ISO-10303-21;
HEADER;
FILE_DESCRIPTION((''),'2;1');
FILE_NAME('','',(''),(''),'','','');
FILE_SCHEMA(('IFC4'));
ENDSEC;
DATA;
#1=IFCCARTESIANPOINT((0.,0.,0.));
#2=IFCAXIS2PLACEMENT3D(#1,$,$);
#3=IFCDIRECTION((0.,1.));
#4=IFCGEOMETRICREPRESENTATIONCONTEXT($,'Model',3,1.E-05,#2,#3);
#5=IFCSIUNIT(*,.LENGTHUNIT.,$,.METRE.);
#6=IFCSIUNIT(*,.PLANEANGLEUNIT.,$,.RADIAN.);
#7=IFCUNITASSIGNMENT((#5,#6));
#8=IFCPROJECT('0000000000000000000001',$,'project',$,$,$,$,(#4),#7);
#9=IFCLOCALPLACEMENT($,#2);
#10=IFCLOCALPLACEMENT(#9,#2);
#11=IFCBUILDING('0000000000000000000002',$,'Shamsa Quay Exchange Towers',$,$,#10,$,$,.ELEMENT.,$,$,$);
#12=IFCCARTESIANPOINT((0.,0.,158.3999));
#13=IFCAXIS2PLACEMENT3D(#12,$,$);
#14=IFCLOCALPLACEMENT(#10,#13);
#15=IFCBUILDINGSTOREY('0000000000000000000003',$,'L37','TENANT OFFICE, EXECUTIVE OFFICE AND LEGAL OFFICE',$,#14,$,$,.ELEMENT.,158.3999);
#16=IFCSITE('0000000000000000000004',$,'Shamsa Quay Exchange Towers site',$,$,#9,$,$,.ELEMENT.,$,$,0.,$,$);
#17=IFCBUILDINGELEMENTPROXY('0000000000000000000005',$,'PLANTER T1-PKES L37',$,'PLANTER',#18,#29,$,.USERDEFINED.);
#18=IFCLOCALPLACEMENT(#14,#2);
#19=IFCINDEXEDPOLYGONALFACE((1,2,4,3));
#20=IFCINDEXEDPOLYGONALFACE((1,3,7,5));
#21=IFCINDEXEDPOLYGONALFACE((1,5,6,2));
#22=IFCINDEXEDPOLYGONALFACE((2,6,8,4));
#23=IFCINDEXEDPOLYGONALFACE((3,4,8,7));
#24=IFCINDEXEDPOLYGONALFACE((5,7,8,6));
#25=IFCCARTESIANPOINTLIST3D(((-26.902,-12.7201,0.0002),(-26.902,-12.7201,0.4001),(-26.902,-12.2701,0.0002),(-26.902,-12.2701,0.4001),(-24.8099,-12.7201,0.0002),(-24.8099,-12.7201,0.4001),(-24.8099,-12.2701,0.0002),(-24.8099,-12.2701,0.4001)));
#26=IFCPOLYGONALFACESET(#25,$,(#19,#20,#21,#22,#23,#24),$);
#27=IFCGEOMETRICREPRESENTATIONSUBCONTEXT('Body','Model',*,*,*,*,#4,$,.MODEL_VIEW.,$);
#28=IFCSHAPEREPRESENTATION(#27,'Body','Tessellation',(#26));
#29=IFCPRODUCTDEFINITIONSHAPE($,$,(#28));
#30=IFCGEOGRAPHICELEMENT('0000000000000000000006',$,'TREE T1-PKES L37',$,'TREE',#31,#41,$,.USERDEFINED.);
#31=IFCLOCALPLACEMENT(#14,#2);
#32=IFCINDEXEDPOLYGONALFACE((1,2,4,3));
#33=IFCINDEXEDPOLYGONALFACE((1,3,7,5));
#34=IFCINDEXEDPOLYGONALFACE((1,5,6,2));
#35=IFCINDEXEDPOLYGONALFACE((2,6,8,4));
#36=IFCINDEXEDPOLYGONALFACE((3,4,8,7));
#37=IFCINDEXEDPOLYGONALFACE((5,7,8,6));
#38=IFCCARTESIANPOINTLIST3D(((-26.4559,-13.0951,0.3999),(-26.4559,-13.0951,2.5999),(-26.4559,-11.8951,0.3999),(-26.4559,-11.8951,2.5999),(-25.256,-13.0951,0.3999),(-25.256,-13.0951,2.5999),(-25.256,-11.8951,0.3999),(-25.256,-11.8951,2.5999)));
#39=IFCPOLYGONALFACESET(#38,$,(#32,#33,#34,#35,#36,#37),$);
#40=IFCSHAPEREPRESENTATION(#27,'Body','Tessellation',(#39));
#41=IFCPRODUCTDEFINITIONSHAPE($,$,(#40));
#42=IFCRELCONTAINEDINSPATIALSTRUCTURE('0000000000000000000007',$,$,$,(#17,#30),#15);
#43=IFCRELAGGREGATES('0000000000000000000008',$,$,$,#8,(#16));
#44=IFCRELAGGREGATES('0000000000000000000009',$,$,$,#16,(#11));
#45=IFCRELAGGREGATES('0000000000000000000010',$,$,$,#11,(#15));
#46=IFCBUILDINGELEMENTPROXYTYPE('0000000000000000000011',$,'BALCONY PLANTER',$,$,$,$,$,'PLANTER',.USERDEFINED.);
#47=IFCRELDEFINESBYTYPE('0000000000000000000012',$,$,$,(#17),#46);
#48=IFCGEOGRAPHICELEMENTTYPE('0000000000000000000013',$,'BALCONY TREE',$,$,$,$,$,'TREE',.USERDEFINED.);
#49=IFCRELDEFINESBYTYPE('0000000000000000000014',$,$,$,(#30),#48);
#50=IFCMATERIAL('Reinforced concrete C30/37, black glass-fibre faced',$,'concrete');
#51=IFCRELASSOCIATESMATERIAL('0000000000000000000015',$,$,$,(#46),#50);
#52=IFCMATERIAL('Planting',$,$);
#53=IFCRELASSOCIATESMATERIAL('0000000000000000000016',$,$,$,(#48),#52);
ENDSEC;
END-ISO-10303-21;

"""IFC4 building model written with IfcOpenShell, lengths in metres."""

from ifc_helpers import new_model, si_unit, direction, frame, origin, origin_2d, place, context, subcontext, project, spatial, rectangle, extrude, material, type_object, element, save


model = new_model("IFC4")

# Units and contexts
model_context = context("Model", 3, precision=1e-05, world=origin(), true_north=direction((0.0, 1.0)))
body_context = subcontext(model_context, "Body", "Model", "MODEL_VIEW")
ifc_project = project(units=[si_unit("LENGTHUNIT", "METRE"), si_unit("PLANEANGLEUNIT", "RADIAN")], contexts=[model_context])

# Site, building, storey
site_placement = place(None, origin())
site = spatial("IfcSite", under=ifc_project, at=site_placement, Name="Shamsa Quay Exchange Towers site", CompositionType="ELEMENT", RefElevation=0.0)
building_placement = place(site_placement, origin())
building = spatial("IfcBuilding", under=site, at=building_placement, Name="Shamsa Quay Exchange Towers", CompositionType="ELEMENT")
storey_placement = place(building_placement, frame((0.0, 0.0, 158.3999)))
storey = spatial("IfcBuildingStorey", under=building, at=storey_placement, Name="L37", Description="TENANT OFFICE, EXECUTIVE OFFICE AND LEGAL OFFICE", CompositionType="ELEMENT", Elevation=158.3999)

# Building element proxy
ifc_material_1 = material(Name="Reinforced concrete C30/37, black glass-fibre faced", Category="concrete")
building_element_proxy_type = type_object("IfcBuildingElementProxyType", Name="BALCONY PLANTER", ElementType="PLANTER", PredefinedType="USERDEFINED", material=ifc_material_1)
for number, where, name in (
    (1, (-25.856, -12.4951, 0.0002), "PLANTER T1-PKES L37"),
):
    element("IfcBuildingElementProxy", number, at=place(storey_placement, frame(where)), inside=storey, type_object=building_element_proxy_type, Name=name, ObjectType="PLANTER", PredefinedType="USERDEFINED", context=body_context, shape_type="SweptSolid", body=[
        extrude(rectangle(XDim=2.092, YDim=0.45, at=origin_2d()), origin(), (0.0, 0.0, 1.0), 0.3999),
    ])

# Geographic element
ifc_material_2 = material(Name="Planting")
geographic_element_type = type_object("IfcGeographicElementType", Name="BALCONY TREE", ElementType="TREE", PredefinedType="USERDEFINED", material=ifc_material_2)
geographic_element_placement = place(storey_placement, frame((-25.856, -12.4951, 0.3999)))
element("IfcGeographicElement", 2, at=geographic_element_placement, inside=storey, type_object=geographic_element_type, Name="TREE T1-PKES L37", ObjectType="TREE", PredefinedType="USERDEFINED", context=body_context, shape_type="SweptSolid", body=[
    extrude(rectangle(XDim=1.2, YDim=1.2, at=origin_2d()), origin(), (0.0, 0.0, 1.0), 2.2),
])

save(model, "model.ifc")
